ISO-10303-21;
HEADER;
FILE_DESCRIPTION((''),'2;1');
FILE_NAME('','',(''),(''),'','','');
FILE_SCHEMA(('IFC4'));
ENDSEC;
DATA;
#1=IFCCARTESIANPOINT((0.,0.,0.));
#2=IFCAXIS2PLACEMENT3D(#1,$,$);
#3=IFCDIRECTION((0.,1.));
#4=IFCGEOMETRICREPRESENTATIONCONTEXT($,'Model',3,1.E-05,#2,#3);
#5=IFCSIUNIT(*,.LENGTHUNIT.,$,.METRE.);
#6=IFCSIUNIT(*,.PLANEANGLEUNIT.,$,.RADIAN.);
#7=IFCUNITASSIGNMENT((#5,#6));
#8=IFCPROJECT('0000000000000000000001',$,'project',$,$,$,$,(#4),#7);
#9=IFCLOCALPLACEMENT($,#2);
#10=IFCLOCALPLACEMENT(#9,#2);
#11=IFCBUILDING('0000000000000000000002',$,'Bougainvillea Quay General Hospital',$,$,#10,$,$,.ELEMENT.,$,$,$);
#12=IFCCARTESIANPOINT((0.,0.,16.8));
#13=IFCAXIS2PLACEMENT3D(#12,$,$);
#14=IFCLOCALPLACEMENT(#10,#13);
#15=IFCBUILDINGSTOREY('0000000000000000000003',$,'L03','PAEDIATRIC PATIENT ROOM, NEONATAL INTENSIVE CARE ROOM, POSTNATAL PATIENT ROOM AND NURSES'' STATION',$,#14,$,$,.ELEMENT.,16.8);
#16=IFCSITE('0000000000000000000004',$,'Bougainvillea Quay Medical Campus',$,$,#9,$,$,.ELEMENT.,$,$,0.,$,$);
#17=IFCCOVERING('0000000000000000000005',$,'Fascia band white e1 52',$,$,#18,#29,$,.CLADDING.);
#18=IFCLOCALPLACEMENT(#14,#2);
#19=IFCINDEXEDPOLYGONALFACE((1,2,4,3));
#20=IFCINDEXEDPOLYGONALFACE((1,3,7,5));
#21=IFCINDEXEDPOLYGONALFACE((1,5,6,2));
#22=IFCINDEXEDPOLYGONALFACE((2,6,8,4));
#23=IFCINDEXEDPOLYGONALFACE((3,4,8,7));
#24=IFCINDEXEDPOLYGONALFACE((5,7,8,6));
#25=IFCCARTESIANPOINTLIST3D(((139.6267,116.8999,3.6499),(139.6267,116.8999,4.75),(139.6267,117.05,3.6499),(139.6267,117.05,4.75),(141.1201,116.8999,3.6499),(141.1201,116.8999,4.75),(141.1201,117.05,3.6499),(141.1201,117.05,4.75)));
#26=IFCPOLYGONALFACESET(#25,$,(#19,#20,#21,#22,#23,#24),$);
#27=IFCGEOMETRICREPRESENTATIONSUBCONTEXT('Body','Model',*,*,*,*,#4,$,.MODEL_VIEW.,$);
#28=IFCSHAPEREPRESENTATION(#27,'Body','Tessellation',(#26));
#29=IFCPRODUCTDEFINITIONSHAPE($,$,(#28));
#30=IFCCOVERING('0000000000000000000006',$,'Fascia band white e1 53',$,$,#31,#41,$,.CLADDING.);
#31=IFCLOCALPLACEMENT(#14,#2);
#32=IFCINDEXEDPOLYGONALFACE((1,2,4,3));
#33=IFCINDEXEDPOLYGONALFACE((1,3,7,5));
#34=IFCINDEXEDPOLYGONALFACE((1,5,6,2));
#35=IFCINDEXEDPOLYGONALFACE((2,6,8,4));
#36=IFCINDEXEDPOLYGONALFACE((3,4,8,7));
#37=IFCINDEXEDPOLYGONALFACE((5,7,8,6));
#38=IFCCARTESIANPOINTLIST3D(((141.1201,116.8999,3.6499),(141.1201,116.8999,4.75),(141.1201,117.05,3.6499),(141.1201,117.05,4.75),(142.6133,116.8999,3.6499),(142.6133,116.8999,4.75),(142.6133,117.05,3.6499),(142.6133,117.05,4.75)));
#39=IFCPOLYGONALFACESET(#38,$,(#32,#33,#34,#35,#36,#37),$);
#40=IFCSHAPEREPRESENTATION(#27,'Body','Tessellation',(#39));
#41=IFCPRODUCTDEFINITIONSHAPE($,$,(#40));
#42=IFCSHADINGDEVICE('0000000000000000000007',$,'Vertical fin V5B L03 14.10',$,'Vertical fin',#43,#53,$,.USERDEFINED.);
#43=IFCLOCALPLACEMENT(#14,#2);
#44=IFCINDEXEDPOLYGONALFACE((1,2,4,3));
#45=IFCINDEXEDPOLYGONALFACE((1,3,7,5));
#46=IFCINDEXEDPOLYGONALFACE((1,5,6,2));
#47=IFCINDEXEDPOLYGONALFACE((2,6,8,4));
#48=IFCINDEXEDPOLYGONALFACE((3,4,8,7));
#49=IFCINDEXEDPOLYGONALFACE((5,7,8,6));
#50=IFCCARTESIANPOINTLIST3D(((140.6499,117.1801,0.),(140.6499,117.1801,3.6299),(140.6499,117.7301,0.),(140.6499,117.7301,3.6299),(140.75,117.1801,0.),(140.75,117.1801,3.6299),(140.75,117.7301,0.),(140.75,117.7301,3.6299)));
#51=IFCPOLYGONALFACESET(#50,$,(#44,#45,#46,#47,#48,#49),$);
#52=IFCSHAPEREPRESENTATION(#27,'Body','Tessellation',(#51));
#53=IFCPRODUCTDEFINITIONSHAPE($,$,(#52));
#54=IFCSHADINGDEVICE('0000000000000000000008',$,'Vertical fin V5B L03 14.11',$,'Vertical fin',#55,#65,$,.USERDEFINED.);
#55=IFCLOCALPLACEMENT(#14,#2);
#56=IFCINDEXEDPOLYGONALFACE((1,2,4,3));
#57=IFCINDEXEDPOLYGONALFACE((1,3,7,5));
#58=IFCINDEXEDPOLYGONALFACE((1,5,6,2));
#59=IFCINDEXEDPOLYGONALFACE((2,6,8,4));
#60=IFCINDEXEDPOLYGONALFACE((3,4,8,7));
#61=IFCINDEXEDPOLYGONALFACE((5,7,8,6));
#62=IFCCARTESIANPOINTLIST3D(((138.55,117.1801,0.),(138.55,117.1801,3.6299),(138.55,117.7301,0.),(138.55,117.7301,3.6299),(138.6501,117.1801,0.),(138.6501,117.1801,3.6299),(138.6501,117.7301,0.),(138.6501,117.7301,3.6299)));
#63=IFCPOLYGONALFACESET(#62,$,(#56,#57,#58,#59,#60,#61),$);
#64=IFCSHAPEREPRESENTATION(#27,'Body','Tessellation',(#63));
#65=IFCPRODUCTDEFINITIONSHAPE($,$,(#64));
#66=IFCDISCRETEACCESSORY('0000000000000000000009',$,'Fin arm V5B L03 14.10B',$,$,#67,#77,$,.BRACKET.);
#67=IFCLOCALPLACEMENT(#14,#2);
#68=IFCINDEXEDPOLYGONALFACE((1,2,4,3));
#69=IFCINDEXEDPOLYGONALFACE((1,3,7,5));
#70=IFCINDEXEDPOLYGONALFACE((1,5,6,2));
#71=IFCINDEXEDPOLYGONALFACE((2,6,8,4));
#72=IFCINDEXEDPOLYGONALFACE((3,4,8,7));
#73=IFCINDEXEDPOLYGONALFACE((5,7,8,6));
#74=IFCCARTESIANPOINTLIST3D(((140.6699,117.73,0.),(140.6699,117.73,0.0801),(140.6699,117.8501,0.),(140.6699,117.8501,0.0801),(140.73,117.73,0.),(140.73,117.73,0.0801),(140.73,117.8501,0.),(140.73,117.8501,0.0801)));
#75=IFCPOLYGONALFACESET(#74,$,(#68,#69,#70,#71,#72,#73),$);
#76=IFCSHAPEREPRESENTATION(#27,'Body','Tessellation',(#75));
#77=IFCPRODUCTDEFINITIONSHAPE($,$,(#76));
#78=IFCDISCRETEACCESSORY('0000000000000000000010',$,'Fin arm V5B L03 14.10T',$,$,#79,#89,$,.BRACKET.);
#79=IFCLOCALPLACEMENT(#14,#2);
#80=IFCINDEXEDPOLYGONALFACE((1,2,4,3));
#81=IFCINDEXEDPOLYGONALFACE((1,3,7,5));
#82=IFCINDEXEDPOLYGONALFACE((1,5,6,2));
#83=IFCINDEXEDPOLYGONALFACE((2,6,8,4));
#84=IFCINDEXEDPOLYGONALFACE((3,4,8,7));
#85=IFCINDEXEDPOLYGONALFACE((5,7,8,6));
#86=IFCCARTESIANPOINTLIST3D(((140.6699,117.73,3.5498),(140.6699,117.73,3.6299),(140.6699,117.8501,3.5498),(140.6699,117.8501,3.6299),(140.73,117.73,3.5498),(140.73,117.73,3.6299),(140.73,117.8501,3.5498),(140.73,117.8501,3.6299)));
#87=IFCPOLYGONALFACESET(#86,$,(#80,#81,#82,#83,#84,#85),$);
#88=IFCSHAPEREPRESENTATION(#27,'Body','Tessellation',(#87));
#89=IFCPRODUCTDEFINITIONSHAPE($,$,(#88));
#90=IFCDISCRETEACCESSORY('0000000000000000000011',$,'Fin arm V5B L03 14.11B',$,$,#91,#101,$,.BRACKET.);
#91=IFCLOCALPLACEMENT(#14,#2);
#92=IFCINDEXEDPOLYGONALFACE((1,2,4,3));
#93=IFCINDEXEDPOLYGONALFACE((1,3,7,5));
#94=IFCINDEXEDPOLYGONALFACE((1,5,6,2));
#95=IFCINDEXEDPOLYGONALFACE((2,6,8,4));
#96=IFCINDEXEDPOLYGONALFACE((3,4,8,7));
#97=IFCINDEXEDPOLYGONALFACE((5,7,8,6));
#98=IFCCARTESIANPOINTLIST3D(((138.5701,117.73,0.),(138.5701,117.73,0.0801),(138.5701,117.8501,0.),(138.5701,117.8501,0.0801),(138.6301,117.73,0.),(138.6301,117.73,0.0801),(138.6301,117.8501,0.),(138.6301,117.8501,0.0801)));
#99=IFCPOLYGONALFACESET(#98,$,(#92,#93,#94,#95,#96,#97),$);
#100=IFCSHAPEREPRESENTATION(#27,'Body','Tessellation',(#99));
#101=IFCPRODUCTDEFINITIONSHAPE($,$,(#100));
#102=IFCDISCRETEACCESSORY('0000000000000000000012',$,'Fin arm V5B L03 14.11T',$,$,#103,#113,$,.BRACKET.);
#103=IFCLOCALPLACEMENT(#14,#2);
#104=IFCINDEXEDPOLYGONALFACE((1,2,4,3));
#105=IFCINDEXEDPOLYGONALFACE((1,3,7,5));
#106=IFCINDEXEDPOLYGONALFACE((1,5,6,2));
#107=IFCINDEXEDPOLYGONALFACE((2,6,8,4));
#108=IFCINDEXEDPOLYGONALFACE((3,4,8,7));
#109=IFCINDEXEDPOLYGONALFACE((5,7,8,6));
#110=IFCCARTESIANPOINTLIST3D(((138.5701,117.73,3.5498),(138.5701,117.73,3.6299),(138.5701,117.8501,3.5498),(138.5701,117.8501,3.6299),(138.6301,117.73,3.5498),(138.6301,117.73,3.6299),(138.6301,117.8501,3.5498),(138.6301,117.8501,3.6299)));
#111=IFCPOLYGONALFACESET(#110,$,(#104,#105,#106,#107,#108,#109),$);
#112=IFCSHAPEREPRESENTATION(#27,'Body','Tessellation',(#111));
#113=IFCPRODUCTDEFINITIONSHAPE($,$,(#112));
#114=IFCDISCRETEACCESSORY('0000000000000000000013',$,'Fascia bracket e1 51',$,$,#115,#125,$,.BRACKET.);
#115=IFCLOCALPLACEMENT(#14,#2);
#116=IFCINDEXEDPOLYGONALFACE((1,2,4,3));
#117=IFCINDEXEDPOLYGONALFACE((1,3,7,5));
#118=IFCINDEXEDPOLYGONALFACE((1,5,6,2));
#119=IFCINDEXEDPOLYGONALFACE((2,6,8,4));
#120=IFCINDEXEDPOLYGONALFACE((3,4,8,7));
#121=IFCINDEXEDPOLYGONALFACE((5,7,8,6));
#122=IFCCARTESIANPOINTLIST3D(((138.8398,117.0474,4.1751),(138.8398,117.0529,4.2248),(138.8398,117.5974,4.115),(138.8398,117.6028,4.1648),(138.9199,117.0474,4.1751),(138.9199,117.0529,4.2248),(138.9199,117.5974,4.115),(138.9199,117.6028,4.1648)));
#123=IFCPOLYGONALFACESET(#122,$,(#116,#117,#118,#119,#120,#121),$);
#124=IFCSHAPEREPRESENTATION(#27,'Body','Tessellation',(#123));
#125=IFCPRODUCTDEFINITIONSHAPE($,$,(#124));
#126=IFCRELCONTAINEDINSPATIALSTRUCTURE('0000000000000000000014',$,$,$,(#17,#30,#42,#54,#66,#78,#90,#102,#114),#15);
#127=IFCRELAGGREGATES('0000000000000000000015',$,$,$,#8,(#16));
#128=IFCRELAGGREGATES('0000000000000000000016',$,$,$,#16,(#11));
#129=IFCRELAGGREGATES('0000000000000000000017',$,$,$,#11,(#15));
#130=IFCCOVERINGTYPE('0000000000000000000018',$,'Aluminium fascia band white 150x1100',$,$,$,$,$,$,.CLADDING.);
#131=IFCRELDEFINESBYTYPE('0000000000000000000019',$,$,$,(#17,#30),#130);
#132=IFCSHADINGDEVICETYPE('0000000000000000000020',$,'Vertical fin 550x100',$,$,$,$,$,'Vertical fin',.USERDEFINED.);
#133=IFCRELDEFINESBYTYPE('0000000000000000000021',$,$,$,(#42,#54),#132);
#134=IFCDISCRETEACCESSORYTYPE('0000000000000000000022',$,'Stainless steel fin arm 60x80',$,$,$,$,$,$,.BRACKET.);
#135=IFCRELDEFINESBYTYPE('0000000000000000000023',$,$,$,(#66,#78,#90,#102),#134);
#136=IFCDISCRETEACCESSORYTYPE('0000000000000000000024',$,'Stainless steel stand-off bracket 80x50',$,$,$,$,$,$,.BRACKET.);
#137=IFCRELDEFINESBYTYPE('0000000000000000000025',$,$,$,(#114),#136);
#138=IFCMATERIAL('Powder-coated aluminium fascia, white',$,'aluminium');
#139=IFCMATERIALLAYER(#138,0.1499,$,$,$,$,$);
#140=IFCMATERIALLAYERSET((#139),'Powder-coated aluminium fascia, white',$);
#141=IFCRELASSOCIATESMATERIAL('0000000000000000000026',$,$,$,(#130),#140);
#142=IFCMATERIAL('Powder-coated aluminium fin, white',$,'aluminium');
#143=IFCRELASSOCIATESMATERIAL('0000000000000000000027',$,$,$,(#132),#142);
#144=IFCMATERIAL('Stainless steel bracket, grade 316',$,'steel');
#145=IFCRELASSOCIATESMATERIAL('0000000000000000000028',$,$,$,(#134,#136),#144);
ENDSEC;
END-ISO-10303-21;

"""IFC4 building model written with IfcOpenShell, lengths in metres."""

from ifc_helpers import new_model, si_unit, direction, frame, origin, origin_2d, place, context, subcontext, project, spatial, polyline, rectangle, outline, extrude, material, layer, layer_set, material_profile, profile_set, type_object, element, save


model = new_model("IFC4")

# Units and contexts
model_context = context("Model", 3, precision=1e-05, world=origin(), true_north=direction((0.0, 1.0)))
body_context = subcontext(model_context, "Body", "Model", "MODEL_VIEW")
ifc_project = project(units=[si_unit("LENGTHUNIT", "METRE"), si_unit("PLANEANGLEUNIT", "RADIAN")], contexts=[model_context])

# Site, building, storey
site_placement = place(None, origin())
site = spatial("IfcSite", under=ifc_project, at=site_placement, Name="Bougainvillea Quay Medical Campus", CompositionType="ELEMENT", RefElevation=0.0)
building_placement = place(site_placement, origin())
building = spatial("IfcBuilding", under=site, at=building_placement, Name="Bougainvillea Quay General Hospital", CompositionType="ELEMENT")
storey_placement = place(building_placement, frame((0.0, 0.0, 16.8)))
storey = spatial("IfcBuildingStorey", under=building, at=storey_placement, Name="L03", Description="PAEDIATRIC PATIENT ROOM, NEONATAL INTENSIVE CARE ROOM, POSTNATAL PATIENT ROOM AND NURSES' STATION", CompositionType="ELEMENT", Elevation=16.8)

# Coverings
ifc_material_1 = material(Name="Powder-coated aluminium fascia, white", Category="aluminium")
ifc_layer_1 = layer(ifc_material_1, 0.1499)
ifc_layer_set_1 = layer_set([ifc_layer_1], Name="Powder-coated aluminium fascia, white")
covering_type = type_object("IfcCoveringType", Name="Aluminium fascia band white 150x1100", PredefinedType="CLADDING", material=ifc_layer_set_1)
for number, where, z_axis, x_axis, name in (
    (1, (139.6267, 117.05, 3.6499), (0.0, 0.0, 1.0), (1.0, 0.0, 0.0), "Fascia band white e1 52"),
):
    element("IfcCovering", number, at=place(storey_placement, frame(where, z_axis=z_axis, x_axis=x_axis)), inside=storey, type_object=covering_type, Name=name, PredefinedType="CLADDING", context=body_context, shape_type="SweptSolid", body=[
        extrude(outline(polyline([(0.0, 0.0), (1.4934, 0.0), (1.4934, -0.1501), (0.0, -0.1501), (0.0, 0.0)])), origin(), (0.0, 0.0, 1.0), 1.1001),
    ])
covering_placement = place(storey_placement, frame((141.1201, 117.05, 3.6499), z_axis=(0.0, 0.0, 1.0), x_axis=(1.0, 0.0, 0.0)))
element("IfcCovering", 2, at=covering_placement, inside=storey, type_object=covering_type, Name="Fascia band white e1 53", PredefinedType="CLADDING", context=body_context, shape_type="SweptSolid", body=[
    extrude(outline(polyline([(0.0, 0.0), (1.4932, 0.0), (1.4932, -0.1501), (0.0, -0.1501), (0.0, 0.0)])), origin(), (0.0, 0.0, 1.0), 1.1001),
])

# Shading devices
ifc_material_2 = material(Name="Powder-coated aluminium fin, white", Category="aluminium")
ifc_material_profile_1 = material_profile(ifc_material_2, rectangle(XDim=0.55, YDim=0.1001, at=origin_2d()))
ifc_profile_set_1 = profile_set([ifc_material_profile_1], Name="Powder-coated aluminium fin, white")
shading_device_type = type_object("IfcShadingDeviceType", Name="Vertical fin 550x100", ElementType="Vertical fin", PredefinedType="USERDEFINED", material=ifc_profile_set_1)
for number, where, z_axis, x_axis, name in (
    (3, (140.7, 117.4551, 0.0), (0.0, 0.0, 1.0), (0.0, -1.0, 0.0), "Vertical fin V5B L03 14.10"),
    (4, (138.6001, 117.4551, 0.0), (0.0, 0.0, 1.0), (0.0, -1.0, 0.0), "Vertical fin V5B L03 14.11"),
):
    element("IfcShadingDevice", number, at=place(storey_placement, frame(where, z_axis=z_axis, x_axis=x_axis)), inside=storey, type_object=shading_device_type, Name=name, ObjectType="Vertical fin", PredefinedType="USERDEFINED", context=body_context, shape_type="SweptSolid", body=[
        extrude(rectangle(XDim=0.55, YDim=0.1001, at=origin_2d()), origin(), (0.0, 0.0, 1.0), 3.6299),
    ])

# Discrete accessories
ifc_material_3 = material(Name="Stainless steel bracket, grade 316", Category="steel")
discrete_accessory_type_1 = type_object("IfcDiscreteAccessoryType", Name="Stainless steel fin arm 60x80", PredefinedType="BRACKET", material=ifc_material_3)
for number, where, z_axis, x_axis, name in (
    (5, (140.7, 117.79, 0.0), (0.0, 0.0, 1.0), (0.0, -1.0, 0.0), "Fin arm V5B L03 14.10B"),
    (6, (140.7, 117.79, 3.5498), (0.0, 0.0, 1.0), (0.0, -1.0, 0.0), "Fin arm V5B L03 14.10T"),
    (7, (138.6001, 117.79, 0.0), (0.0, 0.0, 1.0), (0.0, -1.0, 0.0), "Fin arm V5B L03 14.11B"),
    (8, (138.6001, 117.79, 3.5498), (0.0, 0.0, 1.0), (0.0, -1.0, 0.0), "Fin arm V5B L03 14.11T"),
):
    element("IfcDiscreteAccessory", number, at=place(storey_placement, frame(where, z_axis=z_axis, x_axis=x_axis)), inside=storey, type_object=discrete_accessory_type_1, Name=name, PredefinedType="BRACKET", context=body_context, shape_type="SweptSolid", body=[
        extrude(rectangle(XDim=0.1201, YDim=0.0601, at=origin_2d()), origin(), (0.0, 0.0, 1.0), 0.0801),
    ])
ifc_material_profile_2 = material_profile(ifc_material_3, rectangle(XDim=0.0801, YDim=0.05, at=origin_2d()))
ifc_profile_set_2 = profile_set([ifc_material_profile_2], Name="Stainless steel bracket, grade 316")
discrete_accessory_type_2 = type_object("IfcDiscreteAccessoryType", Name="Stainless steel stand-off bracket 80x50", PredefinedType="BRACKET", material=ifc_profile_set_2)
discrete_accessory_placement = place(storey_placement, frame((138.8799, 117.6001, 4.1399), z_axis=(0.0, -0.994092, 0.108543), x_axis=(1.0, 0.0, 0.0)))
element("IfcDiscreteAccessory", 9, at=discrete_accessory_placement, inside=storey, type_object=discrete_accessory_type_2, Name="Fascia bracket e1 51", PredefinedType="BRACKET", context=body_context, shape_type="SweptSolid", body=[
    extrude(rectangle(XDim=0.0801, YDim=0.05, at=origin_2d()), origin(), (0.0, 0.0, 1.0), 0.5532),
])

save(model, "model.ifc")
